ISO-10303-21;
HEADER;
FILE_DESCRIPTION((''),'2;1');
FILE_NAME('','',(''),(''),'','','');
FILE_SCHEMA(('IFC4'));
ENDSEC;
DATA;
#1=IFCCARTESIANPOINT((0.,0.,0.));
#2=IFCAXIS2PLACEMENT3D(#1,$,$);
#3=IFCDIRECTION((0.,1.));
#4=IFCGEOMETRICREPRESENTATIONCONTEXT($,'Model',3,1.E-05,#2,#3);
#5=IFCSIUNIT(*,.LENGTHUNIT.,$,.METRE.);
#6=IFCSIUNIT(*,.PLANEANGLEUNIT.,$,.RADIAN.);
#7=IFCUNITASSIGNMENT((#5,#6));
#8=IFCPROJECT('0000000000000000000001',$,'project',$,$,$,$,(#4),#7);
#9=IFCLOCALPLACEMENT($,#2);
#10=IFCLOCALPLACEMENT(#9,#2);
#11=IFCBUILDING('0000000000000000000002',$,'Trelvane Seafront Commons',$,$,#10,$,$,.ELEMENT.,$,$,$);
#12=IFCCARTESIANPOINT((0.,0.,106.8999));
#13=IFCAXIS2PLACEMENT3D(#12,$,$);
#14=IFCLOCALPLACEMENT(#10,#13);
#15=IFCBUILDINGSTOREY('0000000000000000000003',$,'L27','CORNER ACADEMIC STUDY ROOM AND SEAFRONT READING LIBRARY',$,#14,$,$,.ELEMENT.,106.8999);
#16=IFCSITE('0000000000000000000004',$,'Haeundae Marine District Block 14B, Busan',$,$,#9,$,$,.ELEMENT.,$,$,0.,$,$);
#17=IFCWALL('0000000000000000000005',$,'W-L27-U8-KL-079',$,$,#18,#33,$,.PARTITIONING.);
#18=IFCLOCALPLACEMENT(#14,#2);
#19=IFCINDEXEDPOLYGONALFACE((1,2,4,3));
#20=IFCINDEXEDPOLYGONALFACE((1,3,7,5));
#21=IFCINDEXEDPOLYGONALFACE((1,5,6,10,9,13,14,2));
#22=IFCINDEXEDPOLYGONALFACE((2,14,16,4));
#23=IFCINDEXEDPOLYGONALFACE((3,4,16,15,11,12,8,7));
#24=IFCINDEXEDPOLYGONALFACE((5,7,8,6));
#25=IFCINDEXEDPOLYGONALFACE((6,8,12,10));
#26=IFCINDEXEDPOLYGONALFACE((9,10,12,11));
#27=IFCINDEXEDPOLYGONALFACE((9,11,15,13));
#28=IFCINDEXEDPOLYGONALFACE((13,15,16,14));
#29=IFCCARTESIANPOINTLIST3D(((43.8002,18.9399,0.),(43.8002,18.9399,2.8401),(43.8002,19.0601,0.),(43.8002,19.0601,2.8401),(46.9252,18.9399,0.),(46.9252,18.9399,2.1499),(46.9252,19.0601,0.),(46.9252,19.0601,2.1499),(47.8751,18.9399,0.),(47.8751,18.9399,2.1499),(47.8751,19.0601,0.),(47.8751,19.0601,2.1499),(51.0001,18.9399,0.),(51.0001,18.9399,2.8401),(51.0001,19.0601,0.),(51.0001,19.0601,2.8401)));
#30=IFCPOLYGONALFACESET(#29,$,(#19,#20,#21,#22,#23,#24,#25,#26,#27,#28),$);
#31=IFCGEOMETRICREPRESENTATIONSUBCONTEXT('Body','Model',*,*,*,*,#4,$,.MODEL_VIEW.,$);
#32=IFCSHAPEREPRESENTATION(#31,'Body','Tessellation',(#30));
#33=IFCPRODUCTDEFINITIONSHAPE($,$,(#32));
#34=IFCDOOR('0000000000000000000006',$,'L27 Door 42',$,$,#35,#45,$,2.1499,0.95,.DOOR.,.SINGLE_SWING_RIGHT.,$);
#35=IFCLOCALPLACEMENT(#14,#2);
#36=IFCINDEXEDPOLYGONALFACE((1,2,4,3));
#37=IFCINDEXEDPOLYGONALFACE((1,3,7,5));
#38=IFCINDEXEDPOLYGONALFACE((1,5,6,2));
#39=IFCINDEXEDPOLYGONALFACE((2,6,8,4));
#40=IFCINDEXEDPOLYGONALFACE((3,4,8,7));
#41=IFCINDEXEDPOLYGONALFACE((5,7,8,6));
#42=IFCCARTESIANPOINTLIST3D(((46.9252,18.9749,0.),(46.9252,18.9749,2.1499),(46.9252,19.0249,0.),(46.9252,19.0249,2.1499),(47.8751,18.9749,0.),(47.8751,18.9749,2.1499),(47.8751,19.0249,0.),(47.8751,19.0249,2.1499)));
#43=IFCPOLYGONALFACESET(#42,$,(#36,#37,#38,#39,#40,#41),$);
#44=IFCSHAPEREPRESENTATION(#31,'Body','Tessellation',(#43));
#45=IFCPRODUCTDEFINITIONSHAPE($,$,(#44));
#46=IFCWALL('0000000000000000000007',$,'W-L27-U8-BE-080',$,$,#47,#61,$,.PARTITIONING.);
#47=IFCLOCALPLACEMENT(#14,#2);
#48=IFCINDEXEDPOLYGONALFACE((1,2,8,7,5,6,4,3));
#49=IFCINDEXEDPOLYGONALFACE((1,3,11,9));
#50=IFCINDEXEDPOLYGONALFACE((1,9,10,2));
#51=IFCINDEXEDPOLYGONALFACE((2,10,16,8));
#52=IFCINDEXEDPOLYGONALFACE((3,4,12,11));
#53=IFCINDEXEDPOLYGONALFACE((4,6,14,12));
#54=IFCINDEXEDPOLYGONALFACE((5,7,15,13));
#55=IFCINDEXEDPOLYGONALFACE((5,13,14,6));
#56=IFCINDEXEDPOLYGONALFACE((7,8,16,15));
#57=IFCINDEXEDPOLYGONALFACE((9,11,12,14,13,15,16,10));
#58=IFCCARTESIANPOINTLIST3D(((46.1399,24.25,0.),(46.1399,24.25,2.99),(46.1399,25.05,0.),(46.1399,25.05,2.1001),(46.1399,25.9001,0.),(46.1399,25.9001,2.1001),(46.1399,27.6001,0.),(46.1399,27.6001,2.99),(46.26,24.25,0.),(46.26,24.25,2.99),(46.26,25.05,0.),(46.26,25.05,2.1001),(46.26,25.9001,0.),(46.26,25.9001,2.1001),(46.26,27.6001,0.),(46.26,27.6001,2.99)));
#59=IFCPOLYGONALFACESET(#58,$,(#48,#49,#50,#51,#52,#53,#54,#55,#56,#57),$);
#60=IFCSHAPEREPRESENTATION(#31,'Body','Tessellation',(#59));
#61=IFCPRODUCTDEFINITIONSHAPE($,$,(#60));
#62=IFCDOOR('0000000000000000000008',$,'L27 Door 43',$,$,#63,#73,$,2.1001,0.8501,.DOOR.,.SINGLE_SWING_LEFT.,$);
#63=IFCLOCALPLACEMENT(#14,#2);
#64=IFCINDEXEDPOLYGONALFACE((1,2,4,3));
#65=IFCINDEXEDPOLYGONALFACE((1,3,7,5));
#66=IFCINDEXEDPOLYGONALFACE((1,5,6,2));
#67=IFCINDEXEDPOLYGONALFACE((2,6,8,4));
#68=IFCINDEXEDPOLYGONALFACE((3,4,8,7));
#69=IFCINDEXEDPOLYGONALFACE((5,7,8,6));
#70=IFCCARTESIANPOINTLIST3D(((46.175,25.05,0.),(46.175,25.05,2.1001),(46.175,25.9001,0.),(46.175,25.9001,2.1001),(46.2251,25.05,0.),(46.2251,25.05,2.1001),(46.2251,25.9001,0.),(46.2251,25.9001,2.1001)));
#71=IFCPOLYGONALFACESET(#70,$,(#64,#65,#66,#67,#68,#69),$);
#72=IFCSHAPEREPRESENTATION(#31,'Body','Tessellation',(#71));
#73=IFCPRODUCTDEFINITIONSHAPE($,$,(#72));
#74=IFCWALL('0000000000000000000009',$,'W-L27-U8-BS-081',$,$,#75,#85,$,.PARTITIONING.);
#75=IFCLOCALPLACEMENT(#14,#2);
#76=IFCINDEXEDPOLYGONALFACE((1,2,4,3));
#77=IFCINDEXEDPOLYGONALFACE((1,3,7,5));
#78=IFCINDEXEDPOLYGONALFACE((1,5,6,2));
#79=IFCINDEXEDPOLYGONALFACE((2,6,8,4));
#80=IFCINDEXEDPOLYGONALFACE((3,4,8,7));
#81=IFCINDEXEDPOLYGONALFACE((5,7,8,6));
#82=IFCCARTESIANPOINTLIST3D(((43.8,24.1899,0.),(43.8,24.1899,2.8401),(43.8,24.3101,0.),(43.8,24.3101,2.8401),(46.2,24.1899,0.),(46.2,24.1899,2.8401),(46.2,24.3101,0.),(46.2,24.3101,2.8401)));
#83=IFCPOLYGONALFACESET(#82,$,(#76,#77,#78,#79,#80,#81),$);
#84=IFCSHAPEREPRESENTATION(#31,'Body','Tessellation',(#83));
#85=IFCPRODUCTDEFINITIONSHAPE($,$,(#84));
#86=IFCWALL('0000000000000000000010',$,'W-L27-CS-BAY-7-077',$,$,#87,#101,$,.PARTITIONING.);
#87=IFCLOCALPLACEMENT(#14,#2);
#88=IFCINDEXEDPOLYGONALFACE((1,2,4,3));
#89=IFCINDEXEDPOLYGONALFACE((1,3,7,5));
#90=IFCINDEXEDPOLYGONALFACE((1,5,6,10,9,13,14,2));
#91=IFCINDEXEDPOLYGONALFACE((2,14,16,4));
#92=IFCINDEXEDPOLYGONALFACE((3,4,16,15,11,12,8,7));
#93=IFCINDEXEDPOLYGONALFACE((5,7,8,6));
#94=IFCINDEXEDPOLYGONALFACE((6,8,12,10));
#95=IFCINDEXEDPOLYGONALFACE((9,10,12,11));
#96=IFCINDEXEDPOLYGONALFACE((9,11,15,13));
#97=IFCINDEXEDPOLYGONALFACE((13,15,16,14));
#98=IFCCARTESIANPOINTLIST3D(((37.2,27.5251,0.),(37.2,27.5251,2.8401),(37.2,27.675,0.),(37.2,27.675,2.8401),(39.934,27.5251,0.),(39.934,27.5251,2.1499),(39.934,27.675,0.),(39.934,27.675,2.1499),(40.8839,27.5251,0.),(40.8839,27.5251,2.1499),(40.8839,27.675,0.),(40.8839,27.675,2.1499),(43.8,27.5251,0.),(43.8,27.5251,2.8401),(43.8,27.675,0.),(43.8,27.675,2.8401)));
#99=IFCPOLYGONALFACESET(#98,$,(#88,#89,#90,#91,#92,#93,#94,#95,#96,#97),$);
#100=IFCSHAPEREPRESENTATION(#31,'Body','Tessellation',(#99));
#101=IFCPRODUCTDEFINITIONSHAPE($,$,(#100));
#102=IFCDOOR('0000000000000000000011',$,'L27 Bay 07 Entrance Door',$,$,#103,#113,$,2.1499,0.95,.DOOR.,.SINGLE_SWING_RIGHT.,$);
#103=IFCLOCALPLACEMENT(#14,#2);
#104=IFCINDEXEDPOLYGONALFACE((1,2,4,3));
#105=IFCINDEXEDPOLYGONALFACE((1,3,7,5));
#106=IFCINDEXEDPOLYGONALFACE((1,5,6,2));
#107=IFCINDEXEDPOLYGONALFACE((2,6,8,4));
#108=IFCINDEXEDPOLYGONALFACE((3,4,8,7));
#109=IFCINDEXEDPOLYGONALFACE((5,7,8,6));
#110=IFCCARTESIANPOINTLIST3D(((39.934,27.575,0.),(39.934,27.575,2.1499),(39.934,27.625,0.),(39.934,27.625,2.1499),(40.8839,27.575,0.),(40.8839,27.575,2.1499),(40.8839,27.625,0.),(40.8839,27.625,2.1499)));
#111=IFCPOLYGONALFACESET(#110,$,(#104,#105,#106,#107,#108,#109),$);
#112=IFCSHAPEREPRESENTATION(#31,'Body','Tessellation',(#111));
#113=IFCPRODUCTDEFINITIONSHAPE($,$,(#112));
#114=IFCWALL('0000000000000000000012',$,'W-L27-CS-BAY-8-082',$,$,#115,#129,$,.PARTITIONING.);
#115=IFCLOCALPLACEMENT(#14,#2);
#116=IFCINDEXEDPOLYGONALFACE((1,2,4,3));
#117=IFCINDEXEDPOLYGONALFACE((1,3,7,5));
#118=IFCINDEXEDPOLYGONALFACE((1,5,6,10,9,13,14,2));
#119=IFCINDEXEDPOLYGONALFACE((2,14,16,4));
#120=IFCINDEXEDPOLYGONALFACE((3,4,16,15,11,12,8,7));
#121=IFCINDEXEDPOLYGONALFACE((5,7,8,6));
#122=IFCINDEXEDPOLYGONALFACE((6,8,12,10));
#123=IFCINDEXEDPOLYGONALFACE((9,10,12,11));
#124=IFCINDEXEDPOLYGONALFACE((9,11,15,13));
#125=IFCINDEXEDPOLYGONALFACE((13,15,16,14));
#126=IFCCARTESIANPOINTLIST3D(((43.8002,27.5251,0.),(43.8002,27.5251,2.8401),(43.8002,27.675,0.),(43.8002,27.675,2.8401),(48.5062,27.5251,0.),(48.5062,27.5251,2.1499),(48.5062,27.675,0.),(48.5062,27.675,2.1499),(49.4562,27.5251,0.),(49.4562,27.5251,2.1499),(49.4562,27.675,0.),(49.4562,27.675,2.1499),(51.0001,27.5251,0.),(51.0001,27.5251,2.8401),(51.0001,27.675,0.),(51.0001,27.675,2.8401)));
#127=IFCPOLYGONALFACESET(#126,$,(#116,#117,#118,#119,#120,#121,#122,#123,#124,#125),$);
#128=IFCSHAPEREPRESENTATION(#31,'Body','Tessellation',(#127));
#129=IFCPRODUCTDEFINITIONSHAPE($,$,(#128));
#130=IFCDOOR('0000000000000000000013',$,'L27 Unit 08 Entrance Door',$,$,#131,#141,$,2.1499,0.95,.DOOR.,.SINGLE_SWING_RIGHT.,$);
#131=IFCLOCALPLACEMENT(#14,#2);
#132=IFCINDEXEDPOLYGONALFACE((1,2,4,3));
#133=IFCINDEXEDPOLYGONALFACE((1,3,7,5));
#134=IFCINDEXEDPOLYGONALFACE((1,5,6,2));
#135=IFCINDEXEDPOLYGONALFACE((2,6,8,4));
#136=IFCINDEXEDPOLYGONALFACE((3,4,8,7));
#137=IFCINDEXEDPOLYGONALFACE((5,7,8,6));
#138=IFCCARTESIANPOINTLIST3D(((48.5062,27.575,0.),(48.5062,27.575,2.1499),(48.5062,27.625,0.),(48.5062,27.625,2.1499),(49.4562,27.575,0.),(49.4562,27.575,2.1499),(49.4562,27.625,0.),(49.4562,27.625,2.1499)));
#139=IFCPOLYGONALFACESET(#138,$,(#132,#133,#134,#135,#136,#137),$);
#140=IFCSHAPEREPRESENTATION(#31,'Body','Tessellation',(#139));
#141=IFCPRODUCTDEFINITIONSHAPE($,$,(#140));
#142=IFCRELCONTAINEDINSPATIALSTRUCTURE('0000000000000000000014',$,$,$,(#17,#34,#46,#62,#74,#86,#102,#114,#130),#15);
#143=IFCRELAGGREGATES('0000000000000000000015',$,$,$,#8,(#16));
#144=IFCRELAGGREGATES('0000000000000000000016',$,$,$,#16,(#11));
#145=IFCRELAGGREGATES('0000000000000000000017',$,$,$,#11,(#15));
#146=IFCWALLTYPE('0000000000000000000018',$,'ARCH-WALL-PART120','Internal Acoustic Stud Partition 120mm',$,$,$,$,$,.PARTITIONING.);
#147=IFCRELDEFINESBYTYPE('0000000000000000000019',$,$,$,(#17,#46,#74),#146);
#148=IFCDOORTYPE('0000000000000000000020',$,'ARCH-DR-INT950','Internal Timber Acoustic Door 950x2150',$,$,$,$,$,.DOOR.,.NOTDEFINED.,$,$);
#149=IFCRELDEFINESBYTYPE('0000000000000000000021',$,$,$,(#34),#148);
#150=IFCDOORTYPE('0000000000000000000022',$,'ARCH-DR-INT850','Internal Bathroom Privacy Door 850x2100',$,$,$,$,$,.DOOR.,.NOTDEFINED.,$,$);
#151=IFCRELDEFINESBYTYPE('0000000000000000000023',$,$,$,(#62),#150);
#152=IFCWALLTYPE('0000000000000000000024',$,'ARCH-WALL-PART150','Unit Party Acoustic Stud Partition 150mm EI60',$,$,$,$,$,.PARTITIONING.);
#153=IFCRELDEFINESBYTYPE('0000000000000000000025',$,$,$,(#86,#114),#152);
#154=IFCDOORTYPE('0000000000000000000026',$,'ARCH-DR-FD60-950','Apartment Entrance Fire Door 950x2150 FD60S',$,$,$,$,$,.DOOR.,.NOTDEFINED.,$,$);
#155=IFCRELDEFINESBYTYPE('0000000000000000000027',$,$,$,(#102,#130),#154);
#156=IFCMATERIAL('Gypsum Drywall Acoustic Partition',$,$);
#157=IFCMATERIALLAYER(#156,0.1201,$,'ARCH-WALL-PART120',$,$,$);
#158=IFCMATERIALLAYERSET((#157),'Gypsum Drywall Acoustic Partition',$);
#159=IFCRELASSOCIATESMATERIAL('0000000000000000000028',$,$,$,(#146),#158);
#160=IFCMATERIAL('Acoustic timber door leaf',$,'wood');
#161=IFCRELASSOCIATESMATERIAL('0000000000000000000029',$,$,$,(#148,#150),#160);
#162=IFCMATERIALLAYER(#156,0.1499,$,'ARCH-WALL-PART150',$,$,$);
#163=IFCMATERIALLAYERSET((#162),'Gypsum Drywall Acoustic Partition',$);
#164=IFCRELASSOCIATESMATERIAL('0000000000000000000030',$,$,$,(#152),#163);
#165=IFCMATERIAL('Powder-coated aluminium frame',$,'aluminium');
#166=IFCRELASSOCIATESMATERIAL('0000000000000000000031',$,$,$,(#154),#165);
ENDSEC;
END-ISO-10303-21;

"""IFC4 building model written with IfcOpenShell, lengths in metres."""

from ifc_helpers import new_model, si_unit, direction, frame, frame_2d, origin, place, context, subcontext, project, spatial, rectangle, extrude, source, transform, mapped, material, layer, layer_set, type_object, element, fill, save


model = new_model("IFC4")

# Units and contexts
model_context = context("Model", 3, precision=1e-05, world=origin(), true_north=direction((0.0, 1.0)))
body_context = subcontext(model_context, "Body", "Model", "MODEL_VIEW")
ifc_project = project(units=[si_unit("LENGTHUNIT", "METRE"), si_unit("PLANEANGLEUNIT", "RADIAN")], contexts=[model_context])

# Site, building, storey
site_placement = place(None, origin())
site = spatial("IfcSite", under=ifc_project, at=site_placement, Name="Haeundae Marine District Block 14B, Busan", CompositionType="ELEMENT", RefElevation=0.0)
building_placement = place(site_placement, origin())
building = spatial("IfcBuilding", under=site, at=building_placement, Name="Trelvane Seafront Commons", CompositionType="ELEMENT")
storey_placement = place(building_placement, frame((0.0, 0.0, 106.8999)))
storey = spatial("IfcBuildingStorey", under=building, at=storey_placement, Name="L27", Description="CORNER ACADEMIC STUDY ROOM AND SEAFRONT READING LIBRARY", CompositionType="ELEMENT", Elevation=106.8999)

# Shared definitions
ifc_material_1 = material(Name="Gypsum Drywall Acoustic Partition")
ifc_layer_1 = layer(ifc_material_1, 0.1201, Name="ARCH-WALL-PART120")
ifc_layer_set_1 = layer_set([ifc_layer_1], Name="Gypsum Drywall Acoustic Partition")
wall_type_1 = type_object("IfcWallType", Name="ARCH-WALL-PART120", Description="Internal Acoustic Stud Partition 120mm", PredefinedType="PARTITIONING", material=ifc_layer_set_1)
ifc_material_2 = material(Name="Acoustic timber door leaf", Category="wood")
door_type_1 = type_object("IfcDoorType", Name="ARCH-DR-INT950", Description="Internal Timber Acoustic Door 950x2150", OperationType="NOTDEFINED", PredefinedType="DOOR", material=ifc_material_2)
shared_shape_1 = source(origin(), body_context, "Body", "SweptSolid", [
    extrude(rectangle(XDim=0.95, YDim=2.1499, at=frame_2d((0.4751, 1.075))), frame((0.0, 0.0249, 0.0), z_axis=(0.0, -1.0, 0.0), x_axis=(1.0, 0.0, 0.0)), (0.0, 0.0, 1.0), 0.05),
])

# Walls, openings, doors
wall_1_placement = place(storey_placement, frame((43.8, 19.0, 0.0), z_axis=(0.0, 0.0, 1.0), x_axis=(1.0, 0.0, 0.0)))
wall_1 = element("IfcWall", 1, at=wall_1_placement, inside=storey, type_object=wall_type_1, Name="W-L27-U8-KL-079", PredefinedType="PARTITIONING", context=body_context, shape_type="SweptSolid", body=[
    extrude(rectangle(XDim=7.2, YDim=0.1201, at=frame_2d((3.6001, 0.0))), origin(), (0.0, 0.0, 1.0), 2.8401),
])
opening_1_placement = place(wall_1_placement, frame((3.125, 0.0, 0.0)))
opening_1 = element("IfcOpeningElement", 2, at=opening_1_placement, cuts=wall_1, PredefinedType="OPENING", context=body_context, shape_type="SweptSolid", body=[
    extrude(rectangle(XDim=0.95, YDim=2.1499, at=frame_2d((0.4751, 1.075))), frame((0.0, 0.0701, 0.0), z_axis=(0.0, -1.0, 0.0), x_axis=(1.0, 0.0, 0.0)), (0.0, 0.0, 1.0), 0.1401),
])
door_1_placement = place(opening_1_placement, origin())
door_1 = element("IfcDoor", 3, at=door_1_placement, inside=storey, type_object=door_type_1, Name="L27 Door 42", OperationType="SINGLE_SWING_RIGHT", OverallHeight=2.1499, OverallWidth=0.95, PredefinedType="DOOR", context=body_context, shape_type="MappedRepresentation", body=[
    mapped(shared_shape_1, transform((0.0, 0.0, 0.0), x_axis=(1.0, 0.0, 0.0), y_axis=(0.0, 1.0, 0.0), z_axis=(0.0, 0.0, 1.0), scale=1.0)),
])
fill(opening_1, door_1)
wall_2_placement = place(storey_placement, frame((46.2, 24.25, 0.0), z_axis=(0.0, 0.0, 1.0), x_axis=(0.0, 1.0, 0.0)))
wall_2 = element("IfcWall", 4, at=wall_2_placement, inside=storey, type_object=wall_type_1, Name="W-L27-U8-BE-080", PredefinedType="PARTITIONING", context=body_context, shape_type="SweptSolid", body=[
    extrude(rectangle(XDim=3.3501, YDim=0.1201, at=frame_2d((1.675, 0.0))), origin(), (0.0, 0.0, 1.0), 2.99),
])
opening_2_placement = place(wall_2_placement, frame((0.8, 0.0, 0.0)))
opening_2 = element("IfcOpeningElement", 5, at=opening_2_placement, cuts=wall_2, PredefinedType="OPENING", context=body_context, shape_type="SweptSolid", body=[
    extrude(rectangle(XDim=0.8501, YDim=2.1001, at=frame_2d((0.425, 1.05))), frame((0.0, 0.0701, 0.0), z_axis=(0.0, -1.0, 0.0), x_axis=(1.0, 0.0, 0.0)), (0.0, 0.0, 1.0), 0.1401),
])
door_type_2 = type_object("IfcDoorType", Name="ARCH-DR-INT850", Description="Internal Bathroom Privacy Door 850x2100", OperationType="NOTDEFINED", PredefinedType="DOOR", material=ifc_material_2)
shared_shape_2 = source(origin(), body_context, "Body", "SweptSolid", [
    extrude(rectangle(XDim=0.8501, YDim=2.1001, at=frame_2d((0.425, 1.05))), frame((0.0, 0.0249, 0.0), z_axis=(0.0, -1.0, 0.0), x_axis=(1.0, 0.0, 0.0)), (0.0, 0.0, 1.0), 0.05),
])
door_2_placement = place(opening_2_placement, origin())
door_2 = element("IfcDoor", 6, at=door_2_placement, inside=storey, type_object=door_type_2, Name="L27 Door 43", OperationType="SINGLE_SWING_LEFT", OverallHeight=2.1001, OverallWidth=0.8501, PredefinedType="DOOR", context=body_context, shape_type="MappedRepresentation", body=[
    mapped(shared_shape_2, transform((0.0, 0.0, 0.0), x_axis=(1.0, 0.0, 0.0), y_axis=(0.0, 1.0, 0.0), z_axis=(0.0, 0.0, 1.0), scale=1.0)),
])
fill(opening_2, door_2)

# Wall
wall_3_placement = place(storey_placement, frame((43.8, 24.25, 0.0), z_axis=(0.0, 0.0, 1.0), x_axis=(1.0, 0.0, 0.0)))
element("IfcWall", 7, at=wall_3_placement, inside=storey, type_object=wall_type_1, Name="W-L27-U8-BS-081", PredefinedType="PARTITIONING", context=body_context, shape_type="SweptSolid", body=[
    extrude(rectangle(XDim=2.3999, YDim=0.1201, at=frame_2d((1.2, 0.0))), origin(), (0.0, 0.0, 1.0), 2.8401),
])

# Walls, openings, doors
ifc_layer_2 = layer(ifc_material_1, 0.1499, Name="ARCH-WALL-PART150")
ifc_layer_set_2 = layer_set([ifc_layer_2], Name="Gypsum Drywall Acoustic Partition")
wall_type_2 = type_object("IfcWallType", Name="ARCH-WALL-PART150", Description="Unit Party Acoustic Stud Partition 150mm EI60", PredefinedType="PARTITIONING", material=ifc_layer_set_2)
wall_4_placement = place(storey_placement, frame((37.2, 27.6001, 0.0), z_axis=(0.0, 0.0, 1.0), x_axis=(1.0, 0.0, 0.0)))
wall_4 = element("IfcWall", 8, at=wall_4_placement, inside=storey, type_object=wall_type_2, Name="W-L27-CS-BAY-7-077", PredefinedType="PARTITIONING", context=body_context, shape_type="SweptSolid", body=[
    extrude(rectangle(XDim=6.6001, YDim=0.1499, at=frame_2d((3.3, 0.0))), origin(), (0.0, 0.0, 1.0), 2.8401),
])
opening_3_placement = place(wall_4_placement, frame((2.7339, 0.0, 0.0)))
opening_3 = element("IfcOpeningElement", 9, at=opening_3_placement, cuts=wall_4, PredefinedType="OPENING", context=body_context, shape_type="SweptSolid", body=[
    extrude(rectangle(XDim=0.95, YDim=2.1499, at=frame_2d((0.4751, 1.075))), frame((0.0, 0.085, 0.0), z_axis=(0.0, -1.0, 0.0), x_axis=(1.0, 0.0, 0.0)), (0.0, 0.0, 1.0), 0.1699),
])
ifc_material_3 = material(Name="Powder-coated aluminium frame", Category="aluminium")
door_type_3 = type_object("IfcDoorType", Name="ARCH-DR-FD60-950", Description="Apartment Entrance Fire Door 950x2150 FD60S", OperationType="NOTDEFINED", PredefinedType="DOOR", material=ifc_material_3)
door_3_placement = place(opening_3_placement, origin())
door_3 = element("IfcDoor", 10, at=door_3_placement, inside=storey, type_object=door_type_3, Name="L27 Bay 07 Entrance Door", OperationType="SINGLE_SWING_RIGHT", OverallHeight=2.1499, OverallWidth=0.95, PredefinedType="DOOR", context=body_context, shape_type="MappedRepresentation", body=[
    mapped(shared_shape_1, transform((0.0, 0.0, 0.0), x_axis=(1.0, 0.0, 0.0), y_axis=(0.0, 1.0, 0.0), z_axis=(0.0, 0.0, 1.0), scale=1.0)),
])
fill(opening_3, door_3)
wall_5_placement = place(storey_placement, frame((43.8, 27.6001, 0.0), z_axis=(0.0, 0.0, 1.0), x_axis=(1.0, 0.0, 0.0)))
wall_5 = element("IfcWall", 11, at=wall_5_placement, inside=storey, type_object=wall_type_2, Name="W-L27-CS-BAY-8-082", PredefinedType="PARTITIONING", context=body_context, shape_type="SweptSolid", body=[
    extrude(rectangle(XDim=7.2, YDim=0.1499, at=frame_2d((3.6001, 0.0))), origin(), (0.0, 0.0, 1.0), 2.8401),
])
opening_4_placement = place(wall_5_placement, frame((4.7061, 0.0, 0.0)))
opening_4 = element("IfcOpeningElement", 12, at=opening_4_placement, cuts=wall_5, PredefinedType="OPENING", context=body_context, shape_type="SweptSolid", body=[
    extrude(rectangle(XDim=0.95, YDim=2.1499, at=frame_2d((0.4751, 1.075))), frame((0.0, 0.085, 0.0), z_axis=(0.0, -1.0, 0.0), x_axis=(1.0, 0.0, 0.0)), (0.0, 0.0, 1.0), 0.1699),
])
door_4_placement = place(opening_4_placement, origin())
door_4 = element("IfcDoor", 13, at=door_4_placement, inside=storey, type_object=door_type_3, Name="L27 Unit 08 Entrance Door", OperationType="SINGLE_SWING_RIGHT", OverallHeight=2.1499, OverallWidth=0.95, PredefinedType="DOOR", context=body_context, shape_type="MappedRepresentation", body=[
    mapped(shared_shape_1, transform((0.0, 0.0, 0.0), x_axis=(1.0, 0.0, 0.0), y_axis=(0.0, 1.0, 0.0), z_axis=(0.0, 0.0, 1.0), scale=1.0)),
])
fill(opening_4, door_4)

save(model, "model.ifc")
